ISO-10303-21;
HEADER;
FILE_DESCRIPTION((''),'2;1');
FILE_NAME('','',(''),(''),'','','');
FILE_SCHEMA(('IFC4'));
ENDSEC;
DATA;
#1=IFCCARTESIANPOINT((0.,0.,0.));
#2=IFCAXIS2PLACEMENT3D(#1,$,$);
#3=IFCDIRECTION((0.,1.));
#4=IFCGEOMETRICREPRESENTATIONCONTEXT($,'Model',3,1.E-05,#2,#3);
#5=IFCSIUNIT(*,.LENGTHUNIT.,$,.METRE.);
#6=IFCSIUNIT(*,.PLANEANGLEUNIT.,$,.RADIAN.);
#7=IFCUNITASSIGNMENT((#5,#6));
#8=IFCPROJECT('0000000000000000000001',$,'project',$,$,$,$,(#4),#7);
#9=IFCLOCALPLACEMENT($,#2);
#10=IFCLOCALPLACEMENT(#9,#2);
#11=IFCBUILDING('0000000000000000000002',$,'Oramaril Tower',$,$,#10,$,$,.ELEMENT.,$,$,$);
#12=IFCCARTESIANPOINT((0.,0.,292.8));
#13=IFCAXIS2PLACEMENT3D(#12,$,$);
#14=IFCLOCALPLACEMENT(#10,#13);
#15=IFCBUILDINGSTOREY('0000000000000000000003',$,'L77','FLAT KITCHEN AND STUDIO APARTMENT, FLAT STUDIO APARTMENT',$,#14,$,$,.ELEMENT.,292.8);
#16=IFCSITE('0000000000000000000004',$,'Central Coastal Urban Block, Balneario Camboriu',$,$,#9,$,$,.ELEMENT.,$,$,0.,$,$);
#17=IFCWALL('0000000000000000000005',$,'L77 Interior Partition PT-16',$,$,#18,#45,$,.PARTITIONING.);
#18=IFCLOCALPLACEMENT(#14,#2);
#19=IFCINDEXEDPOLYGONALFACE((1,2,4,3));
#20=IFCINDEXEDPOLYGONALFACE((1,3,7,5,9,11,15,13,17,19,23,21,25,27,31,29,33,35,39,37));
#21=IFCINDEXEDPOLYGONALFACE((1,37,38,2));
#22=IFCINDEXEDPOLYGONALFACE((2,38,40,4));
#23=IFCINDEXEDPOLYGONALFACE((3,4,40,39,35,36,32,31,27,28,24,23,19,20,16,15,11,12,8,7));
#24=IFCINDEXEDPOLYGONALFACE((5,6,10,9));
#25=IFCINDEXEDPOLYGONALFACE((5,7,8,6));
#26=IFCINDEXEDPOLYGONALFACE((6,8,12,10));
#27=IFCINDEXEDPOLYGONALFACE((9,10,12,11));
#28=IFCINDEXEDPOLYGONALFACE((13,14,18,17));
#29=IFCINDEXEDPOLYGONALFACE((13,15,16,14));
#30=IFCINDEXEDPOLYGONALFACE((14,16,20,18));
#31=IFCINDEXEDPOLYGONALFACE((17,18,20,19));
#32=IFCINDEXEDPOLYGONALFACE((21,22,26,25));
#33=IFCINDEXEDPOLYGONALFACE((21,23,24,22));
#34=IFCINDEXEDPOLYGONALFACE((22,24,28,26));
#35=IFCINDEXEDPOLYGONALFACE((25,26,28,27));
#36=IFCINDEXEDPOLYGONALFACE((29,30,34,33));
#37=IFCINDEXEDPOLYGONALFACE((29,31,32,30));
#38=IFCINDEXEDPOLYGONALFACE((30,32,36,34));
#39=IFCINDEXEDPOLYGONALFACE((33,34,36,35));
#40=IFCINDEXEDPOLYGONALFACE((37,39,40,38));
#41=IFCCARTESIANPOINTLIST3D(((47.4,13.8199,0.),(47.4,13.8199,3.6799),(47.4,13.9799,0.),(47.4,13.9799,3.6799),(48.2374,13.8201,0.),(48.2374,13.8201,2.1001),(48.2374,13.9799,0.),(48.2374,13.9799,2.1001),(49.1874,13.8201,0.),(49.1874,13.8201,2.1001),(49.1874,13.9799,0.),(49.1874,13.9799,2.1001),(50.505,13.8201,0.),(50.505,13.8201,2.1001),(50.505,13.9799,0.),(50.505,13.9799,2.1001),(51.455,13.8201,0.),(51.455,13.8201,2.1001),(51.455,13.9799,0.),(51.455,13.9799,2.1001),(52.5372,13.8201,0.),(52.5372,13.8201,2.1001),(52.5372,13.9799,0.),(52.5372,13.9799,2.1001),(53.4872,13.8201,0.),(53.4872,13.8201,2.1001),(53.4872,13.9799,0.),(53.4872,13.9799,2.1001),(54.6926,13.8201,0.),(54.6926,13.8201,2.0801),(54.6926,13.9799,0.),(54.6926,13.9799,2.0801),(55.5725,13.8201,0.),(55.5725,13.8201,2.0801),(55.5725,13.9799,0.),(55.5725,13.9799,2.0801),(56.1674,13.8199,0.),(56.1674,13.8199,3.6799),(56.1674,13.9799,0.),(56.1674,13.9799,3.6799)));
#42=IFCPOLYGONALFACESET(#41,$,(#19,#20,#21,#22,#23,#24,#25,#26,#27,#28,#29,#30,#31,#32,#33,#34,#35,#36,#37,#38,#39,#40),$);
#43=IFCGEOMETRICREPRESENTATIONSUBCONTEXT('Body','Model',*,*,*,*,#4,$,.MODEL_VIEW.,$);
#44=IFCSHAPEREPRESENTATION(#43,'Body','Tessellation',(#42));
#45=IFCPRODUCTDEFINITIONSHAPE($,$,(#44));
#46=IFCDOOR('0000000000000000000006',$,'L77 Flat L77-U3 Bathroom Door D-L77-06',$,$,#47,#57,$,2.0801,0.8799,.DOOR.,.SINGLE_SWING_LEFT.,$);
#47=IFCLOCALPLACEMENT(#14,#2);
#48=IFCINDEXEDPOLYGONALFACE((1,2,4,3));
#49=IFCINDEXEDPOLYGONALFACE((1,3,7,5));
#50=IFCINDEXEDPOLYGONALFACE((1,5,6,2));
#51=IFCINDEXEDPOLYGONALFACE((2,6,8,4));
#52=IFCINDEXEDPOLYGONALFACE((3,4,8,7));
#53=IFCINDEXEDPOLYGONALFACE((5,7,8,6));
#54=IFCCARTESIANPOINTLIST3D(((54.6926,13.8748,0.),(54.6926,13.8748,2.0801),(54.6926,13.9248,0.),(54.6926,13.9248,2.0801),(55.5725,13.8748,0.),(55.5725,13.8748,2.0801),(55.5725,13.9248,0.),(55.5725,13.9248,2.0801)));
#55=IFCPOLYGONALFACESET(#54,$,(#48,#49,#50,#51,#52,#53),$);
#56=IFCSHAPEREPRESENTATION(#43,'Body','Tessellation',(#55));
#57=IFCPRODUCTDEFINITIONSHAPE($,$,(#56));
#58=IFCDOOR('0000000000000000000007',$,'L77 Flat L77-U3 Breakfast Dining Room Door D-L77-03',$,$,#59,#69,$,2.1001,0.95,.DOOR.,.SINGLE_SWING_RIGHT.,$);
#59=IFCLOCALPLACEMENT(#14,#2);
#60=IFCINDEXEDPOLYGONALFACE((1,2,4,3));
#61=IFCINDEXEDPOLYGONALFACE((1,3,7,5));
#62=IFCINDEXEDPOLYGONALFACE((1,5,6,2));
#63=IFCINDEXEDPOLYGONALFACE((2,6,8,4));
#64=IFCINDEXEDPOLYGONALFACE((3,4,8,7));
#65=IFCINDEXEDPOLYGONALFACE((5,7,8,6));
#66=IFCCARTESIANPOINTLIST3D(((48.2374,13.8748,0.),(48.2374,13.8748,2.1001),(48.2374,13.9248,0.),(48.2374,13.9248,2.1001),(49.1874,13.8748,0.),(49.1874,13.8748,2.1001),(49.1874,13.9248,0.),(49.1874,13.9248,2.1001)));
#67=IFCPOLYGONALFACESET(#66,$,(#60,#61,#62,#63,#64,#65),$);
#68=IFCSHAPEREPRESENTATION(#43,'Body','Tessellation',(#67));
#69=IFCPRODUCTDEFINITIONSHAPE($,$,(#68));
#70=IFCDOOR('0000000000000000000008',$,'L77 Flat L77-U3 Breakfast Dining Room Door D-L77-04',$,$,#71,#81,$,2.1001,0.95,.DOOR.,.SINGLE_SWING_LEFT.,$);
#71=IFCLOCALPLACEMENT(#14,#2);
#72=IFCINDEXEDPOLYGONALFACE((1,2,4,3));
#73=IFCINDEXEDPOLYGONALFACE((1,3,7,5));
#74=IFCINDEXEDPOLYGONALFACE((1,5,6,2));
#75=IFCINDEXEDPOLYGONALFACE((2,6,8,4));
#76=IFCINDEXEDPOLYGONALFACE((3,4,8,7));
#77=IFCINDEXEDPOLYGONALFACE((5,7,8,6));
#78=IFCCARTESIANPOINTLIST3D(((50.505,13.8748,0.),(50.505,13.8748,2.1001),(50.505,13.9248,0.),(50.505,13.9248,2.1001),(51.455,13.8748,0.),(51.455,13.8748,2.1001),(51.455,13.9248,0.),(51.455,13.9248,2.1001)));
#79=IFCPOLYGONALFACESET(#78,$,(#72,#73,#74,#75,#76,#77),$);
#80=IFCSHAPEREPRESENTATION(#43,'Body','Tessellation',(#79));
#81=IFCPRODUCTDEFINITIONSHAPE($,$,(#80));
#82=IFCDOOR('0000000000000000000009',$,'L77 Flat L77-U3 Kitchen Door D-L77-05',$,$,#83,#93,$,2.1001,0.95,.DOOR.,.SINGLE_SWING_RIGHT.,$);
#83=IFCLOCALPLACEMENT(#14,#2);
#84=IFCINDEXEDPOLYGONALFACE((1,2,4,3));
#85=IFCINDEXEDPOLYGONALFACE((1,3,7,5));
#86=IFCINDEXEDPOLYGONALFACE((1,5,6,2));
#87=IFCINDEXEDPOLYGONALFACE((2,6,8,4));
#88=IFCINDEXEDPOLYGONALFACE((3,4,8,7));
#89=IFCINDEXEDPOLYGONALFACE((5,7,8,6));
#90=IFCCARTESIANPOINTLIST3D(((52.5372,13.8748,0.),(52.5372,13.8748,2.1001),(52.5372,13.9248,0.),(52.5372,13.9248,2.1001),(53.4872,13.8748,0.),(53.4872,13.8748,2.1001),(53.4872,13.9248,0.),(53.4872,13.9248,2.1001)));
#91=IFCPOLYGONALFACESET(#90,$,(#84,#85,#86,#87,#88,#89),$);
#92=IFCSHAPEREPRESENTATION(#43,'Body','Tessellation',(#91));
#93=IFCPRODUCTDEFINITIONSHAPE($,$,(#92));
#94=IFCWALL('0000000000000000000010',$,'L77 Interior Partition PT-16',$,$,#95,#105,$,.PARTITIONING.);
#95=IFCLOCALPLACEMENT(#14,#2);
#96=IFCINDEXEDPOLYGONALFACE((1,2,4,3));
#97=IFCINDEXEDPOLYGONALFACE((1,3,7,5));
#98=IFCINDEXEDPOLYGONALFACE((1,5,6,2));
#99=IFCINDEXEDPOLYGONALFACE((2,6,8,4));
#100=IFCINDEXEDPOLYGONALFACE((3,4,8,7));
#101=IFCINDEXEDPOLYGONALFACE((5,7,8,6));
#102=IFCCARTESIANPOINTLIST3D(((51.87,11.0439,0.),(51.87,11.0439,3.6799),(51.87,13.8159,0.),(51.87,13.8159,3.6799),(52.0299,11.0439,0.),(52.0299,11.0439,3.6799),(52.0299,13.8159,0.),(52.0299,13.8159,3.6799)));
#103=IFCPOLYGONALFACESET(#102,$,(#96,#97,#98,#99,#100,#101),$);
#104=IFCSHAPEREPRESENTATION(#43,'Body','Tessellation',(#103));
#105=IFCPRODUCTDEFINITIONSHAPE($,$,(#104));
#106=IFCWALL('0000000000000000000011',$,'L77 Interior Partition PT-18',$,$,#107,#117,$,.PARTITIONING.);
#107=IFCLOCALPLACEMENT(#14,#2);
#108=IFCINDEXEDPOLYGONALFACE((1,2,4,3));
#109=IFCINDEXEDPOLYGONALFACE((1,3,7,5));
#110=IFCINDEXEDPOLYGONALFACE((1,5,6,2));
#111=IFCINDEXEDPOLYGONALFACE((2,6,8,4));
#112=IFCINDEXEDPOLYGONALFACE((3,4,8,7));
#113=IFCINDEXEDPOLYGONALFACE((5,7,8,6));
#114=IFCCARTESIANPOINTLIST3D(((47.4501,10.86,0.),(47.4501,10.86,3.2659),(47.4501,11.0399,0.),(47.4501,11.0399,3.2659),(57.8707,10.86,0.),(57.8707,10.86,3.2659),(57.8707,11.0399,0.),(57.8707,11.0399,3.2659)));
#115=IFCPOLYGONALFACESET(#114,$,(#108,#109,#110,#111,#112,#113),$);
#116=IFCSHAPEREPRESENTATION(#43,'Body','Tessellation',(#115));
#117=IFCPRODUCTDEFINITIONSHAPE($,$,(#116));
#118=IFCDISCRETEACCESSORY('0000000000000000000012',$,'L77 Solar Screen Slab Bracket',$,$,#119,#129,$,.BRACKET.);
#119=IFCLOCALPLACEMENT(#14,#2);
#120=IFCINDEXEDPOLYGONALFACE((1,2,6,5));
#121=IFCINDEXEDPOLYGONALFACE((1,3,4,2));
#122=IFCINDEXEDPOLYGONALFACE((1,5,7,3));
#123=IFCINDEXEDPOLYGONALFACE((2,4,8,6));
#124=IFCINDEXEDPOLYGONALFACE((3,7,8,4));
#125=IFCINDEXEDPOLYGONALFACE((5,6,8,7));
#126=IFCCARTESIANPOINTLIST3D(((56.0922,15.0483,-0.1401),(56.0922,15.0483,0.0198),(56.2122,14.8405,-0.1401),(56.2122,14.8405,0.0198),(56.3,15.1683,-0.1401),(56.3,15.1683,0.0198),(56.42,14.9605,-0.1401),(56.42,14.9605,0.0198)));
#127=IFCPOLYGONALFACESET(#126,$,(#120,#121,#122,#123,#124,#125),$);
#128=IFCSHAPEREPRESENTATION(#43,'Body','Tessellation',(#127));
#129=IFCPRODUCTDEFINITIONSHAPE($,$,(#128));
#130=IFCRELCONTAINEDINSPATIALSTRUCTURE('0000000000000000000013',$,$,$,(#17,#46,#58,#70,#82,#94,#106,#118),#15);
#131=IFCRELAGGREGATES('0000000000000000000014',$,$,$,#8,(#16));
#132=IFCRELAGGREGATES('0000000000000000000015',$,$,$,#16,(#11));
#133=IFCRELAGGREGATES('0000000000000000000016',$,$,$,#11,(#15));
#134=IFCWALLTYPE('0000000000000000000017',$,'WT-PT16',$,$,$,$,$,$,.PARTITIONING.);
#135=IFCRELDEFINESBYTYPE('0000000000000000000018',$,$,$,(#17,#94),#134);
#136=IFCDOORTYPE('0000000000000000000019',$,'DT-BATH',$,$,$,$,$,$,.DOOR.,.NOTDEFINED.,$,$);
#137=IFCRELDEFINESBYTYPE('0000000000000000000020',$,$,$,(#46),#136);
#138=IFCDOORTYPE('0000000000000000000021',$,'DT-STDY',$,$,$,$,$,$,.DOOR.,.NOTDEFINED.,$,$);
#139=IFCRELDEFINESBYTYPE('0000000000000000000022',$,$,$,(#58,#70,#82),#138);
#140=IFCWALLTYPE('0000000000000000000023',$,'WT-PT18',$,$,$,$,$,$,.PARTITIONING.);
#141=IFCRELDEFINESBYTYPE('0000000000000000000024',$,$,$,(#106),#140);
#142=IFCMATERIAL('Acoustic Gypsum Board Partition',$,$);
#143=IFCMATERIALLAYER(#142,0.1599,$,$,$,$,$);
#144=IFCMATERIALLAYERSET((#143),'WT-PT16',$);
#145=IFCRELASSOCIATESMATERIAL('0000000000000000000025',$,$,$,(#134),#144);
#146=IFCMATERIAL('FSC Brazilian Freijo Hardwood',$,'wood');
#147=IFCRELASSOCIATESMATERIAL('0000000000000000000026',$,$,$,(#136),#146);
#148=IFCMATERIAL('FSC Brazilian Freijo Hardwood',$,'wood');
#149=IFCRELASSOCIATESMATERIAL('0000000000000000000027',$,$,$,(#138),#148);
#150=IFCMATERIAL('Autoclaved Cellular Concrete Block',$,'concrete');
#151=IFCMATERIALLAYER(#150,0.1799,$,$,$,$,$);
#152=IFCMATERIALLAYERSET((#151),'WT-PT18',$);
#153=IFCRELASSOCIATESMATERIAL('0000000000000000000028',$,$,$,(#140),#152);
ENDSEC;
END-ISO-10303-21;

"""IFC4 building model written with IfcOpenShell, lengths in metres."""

from ifc_helpers import new_model, si_unit, direction, frame, frame_2d, origin, origin_2d, place, context, subcontext, project, spatial, rectangle, extrude, material, layer, layer_set, type_object, element, fill, save


model = new_model("IFC4")

# Units and contexts
model_context = context("Model", 3, precision=1e-05, world=origin(), true_north=direction((0.0, 1.0)))
body_context = subcontext(model_context, "Body", "Model", "MODEL_VIEW")
ifc_project = project(units=[si_unit("LENGTHUNIT", "METRE"), si_unit("PLANEANGLEUNIT", "RADIAN")], contexts=[model_context])

# Site, building, storey
site_placement = place(None, origin())
site = spatial("IfcSite", under=ifc_project, at=site_placement, Name="Central Coastal Urban Block, Balneario Camboriu", CompositionType="ELEMENT", RefElevation=0.0)
building_placement = place(site_placement, origin())
building = spatial("IfcBuilding", under=site, at=building_placement, Name="Oramaril Tower", CompositionType="ELEMENT")
storey_placement = place(building_placement, frame((0.0, 0.0, 292.8)))
storey = spatial("IfcBuildingStorey", under=building, at=storey_placement, Name="L77", Description="FLAT KITCHEN AND STUDIO APARTMENT, FLAT STUDIO APARTMENT", CompositionType="ELEMENT", Elevation=292.8)

# Wall, openings, doors
ifc_material_1 = material(Name="Acoustic Gypsum Board Partition")
ifc_layer_1 = layer(ifc_material_1, 0.1599)
ifc_layer_set_1 = layer_set([ifc_layer_1], Name="WT-PT16")
wall_type_1 = type_object("IfcWallType", Name="WT-PT16", PredefinedType="PARTITIONING", material=ifc_layer_set_1)
wall_1_placement = place(storey_placement, frame((47.3999, 13.8999, 0.0), z_axis=(0.0, 0.0, 1.0), x_axis=(1.0, 0.0, 0.0)))
wall_1 = element("IfcWall", 1, at=wall_1_placement, inside=storey, type_object=wall_type_1, Name="L77 Interior Partition PT-16", PredefinedType="PARTITIONING", context=body_context, shape_type="SweptSolid", body=[
    extrude(rectangle(XDim=8.7673, YDim=0.1599, at=frame_2d((4.3838, 0.0))), origin(), (0.0, 0.0, 1.0), 3.6799),
])
opening_1_placement = place(wall_1_placement, frame((0.8374, 0.0, 0.0)))
opening_1 = element("IfcOpeningElement", 2, at=opening_1_placement, cuts=wall_1, PredefinedType="OPENING", context=body_context, shape_type="SweptSolid", body=[
    extrude(rectangle(XDim=0.95, YDim=2.1001, at=frame_2d((0.4751, 1.05))), frame((0.0, 0.0801, 0.0), z_axis=(0.0, -1.0, 0.0), x_axis=(1.0, 0.0, 0.0)), (0.0, 0.0, 1.0), 0.1599),
])
opening_2_placement = place(wall_1_placement, frame((3.105, 0.0, 0.0)))
opening_2 = element("IfcOpeningElement", 3, at=opening_2_placement, cuts=wall_1, PredefinedType="OPENING", context=body_context, shape_type="SweptSolid", body=[
    extrude(rectangle(XDim=0.95, YDim=2.1001, at=frame_2d((0.4751, 1.05))), frame((0.0, 0.0801, 0.0), z_axis=(0.0, -1.0, 0.0), x_axis=(1.0, 0.0, 0.0)), (0.0, 0.0, 1.0), 0.1599),
])
opening_3_placement = place(wall_1_placement, frame((5.1372, 0.0, 0.0)))
opening_3 = element("IfcOpeningElement", 4, at=opening_3_placement, cuts=wall_1, PredefinedType="OPENING", context=body_context, shape_type="SweptSolid", body=[
    extrude(rectangle(XDim=0.95, YDim=2.1001, at=frame_2d((0.4751, 1.05))), frame((0.0, 0.0801, 0.0), z_axis=(0.0, -1.0, 0.0), x_axis=(1.0, 0.0, 0.0)), (0.0, 0.0, 1.0), 0.1599),
])
opening_4_placement = place(wall_1_placement, frame((7.2927, 0.0, 0.0)))
opening_4 = element("IfcOpeningElement", 5, at=opening_4_placement, cuts=wall_1, PredefinedType="OPENING", context=body_context, shape_type="SweptSolid", body=[
    extrude(rectangle(XDim=0.8799, YDim=2.0801, at=frame_2d((0.4399, 1.04))), frame((0.0, 0.0801, 0.0), z_axis=(0.0, -1.0, 0.0), x_axis=(1.0, 0.0, 0.0)), (0.0, 0.0, 1.0), 0.1599),
])
ifc_material_2 = material(Name="FSC Brazilian Freijo Hardwood", Category="wood")
door_type_1 = type_object("IfcDoorType", Name="DT-BATH", OperationType="NOTDEFINED", PredefinedType="DOOR", material=ifc_material_2)
door_1_placement = place(opening_4_placement, origin())
door_1 = element("IfcDoor", 6, at=door_1_placement, inside=storey, type_object=door_type_1, Name="L77 Flat L77-U3 Bathroom Door D-L77-06", OperationType="SINGLE_SWING_LEFT", OverallHeight=2.0801, OverallWidth=0.8799, PredefinedType="DOOR", context=body_context, shape_type="SweptSolid", body=[
    extrude(rectangle(XDim=0.8799, YDim=2.0801, at=frame_2d((0.4399, 1.04))), frame((0.0, 0.0249, 0.0), z_axis=(0.0, -1.0, 0.0), x_axis=(1.0, 0.0, 0.0)), (0.0, 0.0, 1.0), 0.05),
])
fill(opening_4, door_1)
ifc_material_3 = material(Name="FSC Brazilian Freijo Hardwood", Category="wood")
door_type_2 = type_object("IfcDoorType", Name="DT-STDY", OperationType="NOTDEFINED", PredefinedType="DOOR", material=ifc_material_3)
door_2_placement = place(opening_1_placement, origin())
door_2 = element("IfcDoor", 7, at=door_2_placement, inside=storey, type_object=door_type_2, Name="L77 Flat L77-U3 Breakfast Dining Room Door D-L77-03", OperationType="SINGLE_SWING_RIGHT", OverallHeight=2.1001, OverallWidth=0.95, PredefinedType="DOOR", context=body_context, shape_type="SweptSolid", body=[
    extrude(rectangle(XDim=0.95, YDim=2.1001, at=frame_2d((0.4751, 1.05))), frame((0.0, 0.0249, 0.0), z_axis=(0.0, -1.0, 0.0), x_axis=(1.0, 0.0, 0.0)), (0.0, 0.0, 1.0), 0.05),
])
fill(opening_1, door_2)
door_3_placement = place(opening_2_placement, origin())
door_3 = element("IfcDoor", 8, at=door_3_placement, inside=storey, type_object=door_type_2, Name="L77 Flat L77-U3 Breakfast Dining Room Door D-L77-04", OperationType="SINGLE_SWING_LEFT", OverallHeight=2.1001, OverallWidth=0.95, PredefinedType="DOOR", context=body_context, shape_type="SweptSolid", body=[
    extrude(rectangle(XDim=0.95, YDim=2.1001, at=frame_2d((0.4751, 1.05))), frame((0.0, 0.0249, 0.0), z_axis=(0.0, -1.0, 0.0), x_axis=(1.0, 0.0, 0.0)), (0.0, 0.0, 1.0), 0.05),
])
fill(opening_2, door_3)
door_4_placement = place(opening_3_placement, origin())
door_4 = element("IfcDoor", 9, at=door_4_placement, inside=storey, type_object=door_type_2, Name="L77 Flat L77-U3 Kitchen Door D-L77-05", OperationType="SINGLE_SWING_RIGHT", OverallHeight=2.1001, OverallWidth=0.95, PredefinedType="DOOR", context=body_context, shape_type="SweptSolid", body=[
    extrude(rectangle(XDim=0.95, YDim=2.1001, at=frame_2d((0.4751, 1.05))), frame((0.0, 0.0249, 0.0), z_axis=(0.0, -1.0, 0.0), x_axis=(1.0, 0.0, 0.0)), (0.0, 0.0, 1.0), 0.05),
])
fill(opening_3, door_4)

# Walls
wall_2_placement = place(storey_placement, frame((51.95, 11.0439, 0.0), z_axis=(0.0, 0.0, 1.0), x_axis=(0.0, 1.0, 0.0)))
element("IfcWall", 10, at=wall_2_placement, inside=storey, type_object=wall_type_1, Name="L77 Interior Partition PT-16", PredefinedType="PARTITIONING", context=body_context, shape_type="SweptSolid", body=[
    extrude(rectangle(XDim=2.772, YDim=0.1599, at=frame_2d((1.386, 0.0))), origin(), (0.0, 0.0, 1.0), 3.6799),
])
ifc_material_4 = material(Name="Autoclaved Cellular Concrete Block", Category="concrete")
ifc_layer_2 = layer(ifc_material_4, 0.1799)
ifc_layer_set_2 = layer_set([ifc_layer_2], Name="WT-PT18")
wall_type_2 = type_object("IfcWallType", Name="WT-PT18", PredefinedType="PARTITIONING", material=ifc_layer_set_2)
wall_3_placement = place(storey_placement, frame((47.45, 10.95, 0.0), z_axis=(0.0, 0.0, 1.0), x_axis=(1.0, 0.0, 0.0)))
element("IfcWall", 11, at=wall_3_placement, inside=storey, type_object=wall_type_2, Name="L77 Interior Partition PT-18", PredefinedType="PARTITIONING", context=body_context, shape_type="SweptSolid", body=[
    extrude(rectangle(XDim=10.4207, YDim=0.1799, at=frame_2d((5.2104, 0.0))), origin(), (0.0, 0.0, 1.0), 3.2659),
])

# Discrete accessory
discrete_accessory_placement = place(storey_placement, frame((56.2561, 15.0044, -0.1401), z_axis=(0.0, 0.0, 1.0), x_axis=(-0.5, 0.866025, 0.0)))
element("IfcDiscreteAccessory", 12, at=discrete_accessory_placement, inside=storey, Name="L77 Solar Screen Slab Bracket", PredefinedType="BRACKET", context=body_context, shape_type="SweptSolid", body=[
    extrude(rectangle(XDim=0.24, YDim=0.24, at=origin_2d()), origin(), (0.0, 0.0, 1.0), 0.1599),
])

save(model, "model.ifc")
